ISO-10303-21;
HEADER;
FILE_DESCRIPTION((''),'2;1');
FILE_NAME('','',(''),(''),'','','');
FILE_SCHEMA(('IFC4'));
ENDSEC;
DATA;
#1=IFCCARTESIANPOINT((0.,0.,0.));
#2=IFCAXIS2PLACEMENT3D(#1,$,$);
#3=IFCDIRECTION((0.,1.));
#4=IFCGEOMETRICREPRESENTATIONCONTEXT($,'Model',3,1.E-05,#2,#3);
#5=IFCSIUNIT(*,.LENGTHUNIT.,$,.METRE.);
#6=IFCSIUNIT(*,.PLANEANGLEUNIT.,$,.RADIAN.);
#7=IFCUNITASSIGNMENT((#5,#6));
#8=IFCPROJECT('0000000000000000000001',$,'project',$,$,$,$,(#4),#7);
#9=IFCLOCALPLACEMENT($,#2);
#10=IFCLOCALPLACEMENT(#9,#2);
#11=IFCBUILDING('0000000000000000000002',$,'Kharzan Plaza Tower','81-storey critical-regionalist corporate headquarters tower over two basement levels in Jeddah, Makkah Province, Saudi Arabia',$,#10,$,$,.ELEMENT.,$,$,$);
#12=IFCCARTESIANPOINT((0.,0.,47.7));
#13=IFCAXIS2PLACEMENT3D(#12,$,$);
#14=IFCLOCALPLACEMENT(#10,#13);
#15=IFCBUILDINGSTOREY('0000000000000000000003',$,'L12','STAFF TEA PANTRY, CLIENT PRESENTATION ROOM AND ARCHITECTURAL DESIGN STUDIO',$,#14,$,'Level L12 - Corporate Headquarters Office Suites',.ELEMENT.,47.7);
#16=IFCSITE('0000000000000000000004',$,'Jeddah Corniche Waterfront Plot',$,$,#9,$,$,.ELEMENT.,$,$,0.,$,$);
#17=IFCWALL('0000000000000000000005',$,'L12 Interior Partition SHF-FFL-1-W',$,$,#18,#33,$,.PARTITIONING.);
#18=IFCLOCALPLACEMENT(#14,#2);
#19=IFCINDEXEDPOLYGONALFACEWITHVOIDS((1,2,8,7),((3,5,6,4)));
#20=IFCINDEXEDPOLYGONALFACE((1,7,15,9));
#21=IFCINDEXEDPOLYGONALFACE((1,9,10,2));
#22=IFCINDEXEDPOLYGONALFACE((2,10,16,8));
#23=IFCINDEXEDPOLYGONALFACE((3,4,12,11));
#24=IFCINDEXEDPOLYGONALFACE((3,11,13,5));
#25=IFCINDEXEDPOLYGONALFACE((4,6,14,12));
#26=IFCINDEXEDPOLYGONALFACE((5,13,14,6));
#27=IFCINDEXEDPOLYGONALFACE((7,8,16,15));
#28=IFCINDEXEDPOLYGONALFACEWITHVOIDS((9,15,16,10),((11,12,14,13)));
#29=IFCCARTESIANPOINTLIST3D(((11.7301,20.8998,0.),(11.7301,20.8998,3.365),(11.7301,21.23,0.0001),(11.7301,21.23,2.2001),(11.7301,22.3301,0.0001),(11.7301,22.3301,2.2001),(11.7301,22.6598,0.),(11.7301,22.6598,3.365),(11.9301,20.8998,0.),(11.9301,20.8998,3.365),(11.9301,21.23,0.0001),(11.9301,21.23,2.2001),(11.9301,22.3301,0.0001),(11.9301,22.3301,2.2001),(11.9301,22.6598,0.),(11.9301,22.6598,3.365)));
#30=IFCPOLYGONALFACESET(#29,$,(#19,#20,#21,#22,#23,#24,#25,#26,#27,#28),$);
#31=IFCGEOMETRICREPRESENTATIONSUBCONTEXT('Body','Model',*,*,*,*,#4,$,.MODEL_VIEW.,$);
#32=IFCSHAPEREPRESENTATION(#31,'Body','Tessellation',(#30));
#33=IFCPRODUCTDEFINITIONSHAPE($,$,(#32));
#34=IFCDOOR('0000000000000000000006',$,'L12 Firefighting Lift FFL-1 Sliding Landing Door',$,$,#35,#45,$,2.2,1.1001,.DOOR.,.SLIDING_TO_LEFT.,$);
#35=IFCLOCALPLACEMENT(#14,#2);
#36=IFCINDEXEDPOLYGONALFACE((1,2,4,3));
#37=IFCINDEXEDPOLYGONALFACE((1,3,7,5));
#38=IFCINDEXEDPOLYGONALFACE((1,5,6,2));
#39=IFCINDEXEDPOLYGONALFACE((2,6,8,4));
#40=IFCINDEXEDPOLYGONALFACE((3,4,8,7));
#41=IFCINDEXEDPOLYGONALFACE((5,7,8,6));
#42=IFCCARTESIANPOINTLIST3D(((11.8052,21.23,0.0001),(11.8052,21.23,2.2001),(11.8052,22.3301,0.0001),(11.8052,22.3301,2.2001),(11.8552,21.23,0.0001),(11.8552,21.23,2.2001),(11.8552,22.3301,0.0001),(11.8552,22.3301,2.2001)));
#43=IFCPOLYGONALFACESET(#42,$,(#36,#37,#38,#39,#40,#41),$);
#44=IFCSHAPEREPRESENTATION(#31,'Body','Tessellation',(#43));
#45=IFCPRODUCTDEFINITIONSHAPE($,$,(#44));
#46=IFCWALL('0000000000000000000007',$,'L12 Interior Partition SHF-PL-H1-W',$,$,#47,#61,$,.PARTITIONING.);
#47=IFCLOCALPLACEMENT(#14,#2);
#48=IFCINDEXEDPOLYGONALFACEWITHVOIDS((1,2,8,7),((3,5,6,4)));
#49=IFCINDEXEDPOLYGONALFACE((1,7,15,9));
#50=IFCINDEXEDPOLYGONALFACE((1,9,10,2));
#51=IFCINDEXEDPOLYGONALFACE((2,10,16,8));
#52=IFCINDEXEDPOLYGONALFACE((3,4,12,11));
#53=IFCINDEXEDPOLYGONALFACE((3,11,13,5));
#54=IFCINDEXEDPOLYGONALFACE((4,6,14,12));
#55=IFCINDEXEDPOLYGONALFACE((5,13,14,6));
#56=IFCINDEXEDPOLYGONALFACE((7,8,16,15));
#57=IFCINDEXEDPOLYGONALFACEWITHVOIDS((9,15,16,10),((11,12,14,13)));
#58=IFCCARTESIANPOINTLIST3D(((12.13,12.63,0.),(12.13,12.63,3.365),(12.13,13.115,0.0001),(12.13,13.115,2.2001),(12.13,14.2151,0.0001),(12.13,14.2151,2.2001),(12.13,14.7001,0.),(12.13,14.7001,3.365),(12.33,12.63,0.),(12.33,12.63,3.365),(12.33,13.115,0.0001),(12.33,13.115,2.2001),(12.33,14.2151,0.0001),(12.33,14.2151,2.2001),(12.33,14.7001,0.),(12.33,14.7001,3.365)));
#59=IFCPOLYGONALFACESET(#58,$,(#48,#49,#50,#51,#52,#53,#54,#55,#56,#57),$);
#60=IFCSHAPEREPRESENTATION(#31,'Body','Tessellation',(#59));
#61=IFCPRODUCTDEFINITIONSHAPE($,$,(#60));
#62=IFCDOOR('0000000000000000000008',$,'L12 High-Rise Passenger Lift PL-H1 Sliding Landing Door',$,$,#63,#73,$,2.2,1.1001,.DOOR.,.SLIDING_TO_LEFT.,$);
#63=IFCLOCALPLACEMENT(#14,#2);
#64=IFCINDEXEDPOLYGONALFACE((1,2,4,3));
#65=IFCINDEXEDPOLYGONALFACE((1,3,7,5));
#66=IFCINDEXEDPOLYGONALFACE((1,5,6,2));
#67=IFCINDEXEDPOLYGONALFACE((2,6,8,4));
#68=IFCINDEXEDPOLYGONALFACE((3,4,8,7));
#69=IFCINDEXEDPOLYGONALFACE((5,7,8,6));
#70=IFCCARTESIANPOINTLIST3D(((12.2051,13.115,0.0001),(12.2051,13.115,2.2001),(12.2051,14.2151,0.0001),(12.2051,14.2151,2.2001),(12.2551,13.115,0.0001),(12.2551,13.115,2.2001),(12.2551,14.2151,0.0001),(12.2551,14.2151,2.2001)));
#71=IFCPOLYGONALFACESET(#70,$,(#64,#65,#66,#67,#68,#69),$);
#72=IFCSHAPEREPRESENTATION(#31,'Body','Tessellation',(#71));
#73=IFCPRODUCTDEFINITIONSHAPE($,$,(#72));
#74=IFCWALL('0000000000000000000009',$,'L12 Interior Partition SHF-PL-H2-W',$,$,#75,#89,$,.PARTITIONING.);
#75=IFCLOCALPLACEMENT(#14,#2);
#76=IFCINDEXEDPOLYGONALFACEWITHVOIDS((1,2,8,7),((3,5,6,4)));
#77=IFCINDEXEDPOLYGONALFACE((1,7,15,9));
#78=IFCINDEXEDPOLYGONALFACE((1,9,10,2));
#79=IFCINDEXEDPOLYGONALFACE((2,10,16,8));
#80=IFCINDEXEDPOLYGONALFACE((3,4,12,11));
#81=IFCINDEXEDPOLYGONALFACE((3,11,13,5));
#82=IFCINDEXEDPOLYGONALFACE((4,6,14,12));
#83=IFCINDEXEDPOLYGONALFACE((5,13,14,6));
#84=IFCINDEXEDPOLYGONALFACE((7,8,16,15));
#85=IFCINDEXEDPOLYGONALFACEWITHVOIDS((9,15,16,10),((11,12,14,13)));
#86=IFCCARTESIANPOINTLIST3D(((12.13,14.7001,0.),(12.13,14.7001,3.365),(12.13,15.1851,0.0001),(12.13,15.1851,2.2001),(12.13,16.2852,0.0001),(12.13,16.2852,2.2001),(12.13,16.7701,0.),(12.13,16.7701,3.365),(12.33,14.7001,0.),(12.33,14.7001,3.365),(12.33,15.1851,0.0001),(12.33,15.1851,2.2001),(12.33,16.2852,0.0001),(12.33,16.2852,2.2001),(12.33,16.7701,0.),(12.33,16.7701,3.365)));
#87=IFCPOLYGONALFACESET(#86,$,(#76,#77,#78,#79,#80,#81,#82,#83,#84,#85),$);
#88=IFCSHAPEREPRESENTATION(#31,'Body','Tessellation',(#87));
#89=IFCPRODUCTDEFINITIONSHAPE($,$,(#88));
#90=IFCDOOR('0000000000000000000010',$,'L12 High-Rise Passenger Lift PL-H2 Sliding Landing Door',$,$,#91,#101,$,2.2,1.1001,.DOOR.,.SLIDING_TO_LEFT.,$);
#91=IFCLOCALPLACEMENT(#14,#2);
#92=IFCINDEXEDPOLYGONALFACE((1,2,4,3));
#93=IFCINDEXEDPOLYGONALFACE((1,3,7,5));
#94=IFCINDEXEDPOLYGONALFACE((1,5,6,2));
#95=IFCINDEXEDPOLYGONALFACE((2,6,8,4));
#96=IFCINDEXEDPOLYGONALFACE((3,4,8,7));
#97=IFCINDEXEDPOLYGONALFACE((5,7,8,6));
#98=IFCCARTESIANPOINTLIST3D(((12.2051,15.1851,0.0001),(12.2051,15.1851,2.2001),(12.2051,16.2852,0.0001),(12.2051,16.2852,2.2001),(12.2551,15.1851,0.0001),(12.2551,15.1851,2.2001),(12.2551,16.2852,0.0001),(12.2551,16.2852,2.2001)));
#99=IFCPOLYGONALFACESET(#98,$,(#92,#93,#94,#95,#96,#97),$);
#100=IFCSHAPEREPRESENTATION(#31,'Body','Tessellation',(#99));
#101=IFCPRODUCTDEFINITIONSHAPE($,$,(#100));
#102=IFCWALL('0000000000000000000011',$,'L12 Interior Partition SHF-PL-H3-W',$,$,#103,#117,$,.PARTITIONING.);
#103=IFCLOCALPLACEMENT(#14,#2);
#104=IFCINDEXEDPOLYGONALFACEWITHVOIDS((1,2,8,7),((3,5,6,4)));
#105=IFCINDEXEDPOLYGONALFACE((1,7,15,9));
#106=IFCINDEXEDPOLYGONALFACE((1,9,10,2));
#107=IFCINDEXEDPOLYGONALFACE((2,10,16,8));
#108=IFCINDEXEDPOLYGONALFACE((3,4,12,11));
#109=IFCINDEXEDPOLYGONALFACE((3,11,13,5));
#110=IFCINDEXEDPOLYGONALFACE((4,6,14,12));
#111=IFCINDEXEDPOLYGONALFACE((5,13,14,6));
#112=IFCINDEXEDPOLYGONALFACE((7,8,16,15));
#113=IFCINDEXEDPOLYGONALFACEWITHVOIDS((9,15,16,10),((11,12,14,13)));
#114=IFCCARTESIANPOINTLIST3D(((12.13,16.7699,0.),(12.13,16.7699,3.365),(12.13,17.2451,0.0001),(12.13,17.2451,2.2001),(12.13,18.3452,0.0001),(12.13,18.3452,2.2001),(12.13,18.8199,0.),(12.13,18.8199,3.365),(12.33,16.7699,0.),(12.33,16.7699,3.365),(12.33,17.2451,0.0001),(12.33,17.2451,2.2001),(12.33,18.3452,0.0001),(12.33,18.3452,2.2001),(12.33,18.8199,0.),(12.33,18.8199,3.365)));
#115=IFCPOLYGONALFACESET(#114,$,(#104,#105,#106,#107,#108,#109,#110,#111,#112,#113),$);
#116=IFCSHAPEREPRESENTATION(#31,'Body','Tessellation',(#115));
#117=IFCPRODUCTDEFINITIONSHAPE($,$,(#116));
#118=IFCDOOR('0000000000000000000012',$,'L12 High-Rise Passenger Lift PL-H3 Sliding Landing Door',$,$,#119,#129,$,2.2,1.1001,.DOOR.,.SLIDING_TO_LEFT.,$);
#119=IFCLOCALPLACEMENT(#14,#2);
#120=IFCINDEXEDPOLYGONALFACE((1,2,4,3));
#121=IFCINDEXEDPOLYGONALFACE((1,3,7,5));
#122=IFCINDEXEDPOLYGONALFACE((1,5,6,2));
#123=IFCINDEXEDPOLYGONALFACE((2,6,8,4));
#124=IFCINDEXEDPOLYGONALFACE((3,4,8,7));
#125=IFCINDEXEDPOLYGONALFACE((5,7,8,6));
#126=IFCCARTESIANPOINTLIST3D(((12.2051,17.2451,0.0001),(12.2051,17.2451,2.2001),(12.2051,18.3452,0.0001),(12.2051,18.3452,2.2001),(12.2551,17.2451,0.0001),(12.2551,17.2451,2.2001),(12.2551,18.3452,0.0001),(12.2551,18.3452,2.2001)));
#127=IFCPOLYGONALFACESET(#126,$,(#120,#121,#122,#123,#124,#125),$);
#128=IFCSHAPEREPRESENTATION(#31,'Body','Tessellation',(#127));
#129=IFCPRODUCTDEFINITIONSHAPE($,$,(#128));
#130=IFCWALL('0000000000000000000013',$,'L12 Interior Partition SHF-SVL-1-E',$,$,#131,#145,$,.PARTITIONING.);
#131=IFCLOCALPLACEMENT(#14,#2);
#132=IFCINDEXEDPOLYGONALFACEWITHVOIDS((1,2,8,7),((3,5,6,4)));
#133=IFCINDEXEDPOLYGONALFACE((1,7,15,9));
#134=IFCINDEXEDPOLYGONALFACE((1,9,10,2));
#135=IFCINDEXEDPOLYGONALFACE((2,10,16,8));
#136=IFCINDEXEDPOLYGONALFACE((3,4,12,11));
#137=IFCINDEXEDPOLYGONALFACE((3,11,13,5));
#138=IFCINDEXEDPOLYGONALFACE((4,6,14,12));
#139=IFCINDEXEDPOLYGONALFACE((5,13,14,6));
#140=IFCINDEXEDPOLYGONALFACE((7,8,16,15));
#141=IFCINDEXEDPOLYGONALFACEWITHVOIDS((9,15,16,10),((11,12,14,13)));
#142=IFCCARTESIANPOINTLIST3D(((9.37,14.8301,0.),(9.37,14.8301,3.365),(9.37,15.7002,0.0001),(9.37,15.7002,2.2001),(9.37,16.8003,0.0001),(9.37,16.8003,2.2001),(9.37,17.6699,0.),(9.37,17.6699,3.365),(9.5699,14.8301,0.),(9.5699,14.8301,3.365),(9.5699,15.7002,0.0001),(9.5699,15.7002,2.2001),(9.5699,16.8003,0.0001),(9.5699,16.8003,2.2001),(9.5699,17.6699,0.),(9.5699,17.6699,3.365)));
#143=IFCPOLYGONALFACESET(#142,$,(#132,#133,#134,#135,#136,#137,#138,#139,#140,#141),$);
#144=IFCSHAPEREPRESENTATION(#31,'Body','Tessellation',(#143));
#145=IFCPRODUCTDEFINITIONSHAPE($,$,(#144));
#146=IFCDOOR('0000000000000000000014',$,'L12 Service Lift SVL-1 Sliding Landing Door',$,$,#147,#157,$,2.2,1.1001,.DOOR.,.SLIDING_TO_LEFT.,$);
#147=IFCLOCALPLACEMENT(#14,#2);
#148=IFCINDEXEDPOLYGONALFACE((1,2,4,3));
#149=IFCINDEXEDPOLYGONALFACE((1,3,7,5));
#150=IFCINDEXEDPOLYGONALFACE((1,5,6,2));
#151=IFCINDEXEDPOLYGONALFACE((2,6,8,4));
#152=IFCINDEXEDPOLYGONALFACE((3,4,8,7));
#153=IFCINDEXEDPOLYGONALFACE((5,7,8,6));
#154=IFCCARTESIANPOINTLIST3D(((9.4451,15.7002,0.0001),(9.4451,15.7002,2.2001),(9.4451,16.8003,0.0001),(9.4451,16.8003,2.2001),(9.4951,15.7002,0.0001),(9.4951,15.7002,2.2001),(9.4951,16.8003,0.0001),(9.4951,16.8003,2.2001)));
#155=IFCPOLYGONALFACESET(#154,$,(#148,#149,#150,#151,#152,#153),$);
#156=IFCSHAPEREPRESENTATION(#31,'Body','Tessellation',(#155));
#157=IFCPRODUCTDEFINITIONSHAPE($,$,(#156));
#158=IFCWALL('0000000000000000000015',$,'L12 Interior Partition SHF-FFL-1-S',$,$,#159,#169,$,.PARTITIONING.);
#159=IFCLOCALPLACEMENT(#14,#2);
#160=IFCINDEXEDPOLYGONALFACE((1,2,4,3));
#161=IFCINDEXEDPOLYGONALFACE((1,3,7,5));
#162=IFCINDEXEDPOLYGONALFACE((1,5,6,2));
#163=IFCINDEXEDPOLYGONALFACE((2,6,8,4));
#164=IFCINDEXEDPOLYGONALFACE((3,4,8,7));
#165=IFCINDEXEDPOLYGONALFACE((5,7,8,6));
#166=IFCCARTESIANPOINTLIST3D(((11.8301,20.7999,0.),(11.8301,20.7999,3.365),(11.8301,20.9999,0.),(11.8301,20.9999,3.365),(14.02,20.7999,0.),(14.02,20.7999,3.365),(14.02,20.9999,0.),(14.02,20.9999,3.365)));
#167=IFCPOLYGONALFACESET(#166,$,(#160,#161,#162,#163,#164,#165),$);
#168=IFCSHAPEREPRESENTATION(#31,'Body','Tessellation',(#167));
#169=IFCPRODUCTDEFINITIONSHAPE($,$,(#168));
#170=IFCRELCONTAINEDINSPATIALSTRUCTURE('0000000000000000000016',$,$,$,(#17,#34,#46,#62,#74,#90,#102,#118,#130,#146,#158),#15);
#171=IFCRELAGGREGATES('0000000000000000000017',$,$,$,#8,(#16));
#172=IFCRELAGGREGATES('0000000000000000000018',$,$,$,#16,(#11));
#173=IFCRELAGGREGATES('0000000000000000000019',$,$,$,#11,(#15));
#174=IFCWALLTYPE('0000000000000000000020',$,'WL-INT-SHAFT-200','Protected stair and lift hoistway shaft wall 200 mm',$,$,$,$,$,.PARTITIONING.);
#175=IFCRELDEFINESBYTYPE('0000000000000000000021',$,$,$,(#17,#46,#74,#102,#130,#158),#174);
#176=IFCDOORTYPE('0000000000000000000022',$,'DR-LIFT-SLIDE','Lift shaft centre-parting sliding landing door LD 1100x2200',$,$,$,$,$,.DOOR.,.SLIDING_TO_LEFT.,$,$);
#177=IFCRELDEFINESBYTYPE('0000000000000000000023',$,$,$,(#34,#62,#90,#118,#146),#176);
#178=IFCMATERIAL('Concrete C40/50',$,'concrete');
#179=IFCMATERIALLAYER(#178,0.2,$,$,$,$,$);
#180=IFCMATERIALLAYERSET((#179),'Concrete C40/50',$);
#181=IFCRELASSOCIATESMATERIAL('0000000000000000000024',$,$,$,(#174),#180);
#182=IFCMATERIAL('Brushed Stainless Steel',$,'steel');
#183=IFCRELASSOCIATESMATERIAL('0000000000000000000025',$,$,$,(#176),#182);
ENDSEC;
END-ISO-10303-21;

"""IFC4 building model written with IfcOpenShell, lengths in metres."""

from ifc_helpers import new_model, si_unit, direction, frame, frame_2d, origin, place, context, subcontext, project, spatial, rectangle, extrude, source, transform, mapped, material, layer, layer_set, type_object, element, fill, save


model = new_model("IFC4")

# Units and contexts
model_context = context("Model", 3, precision=1e-05, world=origin(), true_north=direction((0.0, 1.0)))
body_context = subcontext(model_context, "Body", "Model", "MODEL_VIEW")
ifc_project = project(units=[si_unit("LENGTHUNIT", "METRE"), si_unit("PLANEANGLEUNIT", "RADIAN")], contexts=[model_context])

# Site, building, storey
site_placement = place(None, origin())
site = spatial("IfcSite", under=ifc_project, at=site_placement, Name="Jeddah Corniche Waterfront Plot", CompositionType="ELEMENT", RefElevation=0.0)
building_placement = place(site_placement, origin())
building = spatial("IfcBuilding", under=site, at=building_placement, Name="Kharzan Plaza Tower", Description="81-storey critical-regionalist corporate headquarters tower over two basement levels in Jeddah, Makkah Province, Saudi Arabia", CompositionType="ELEMENT")
storey_placement = place(building_placement, frame((0.0, 0.0, 47.7)))
storey = spatial("IfcBuildingStorey", under=building, at=storey_placement, Name="L12", Description="STAFF TEA PANTRY, CLIENT PRESENTATION ROOM AND ARCHITECTURAL DESIGN STUDIO", LongName="Level L12 - Corporate Headquarters Office Suites", CompositionType="ELEMENT", Elevation=47.7)

# Walls, openings, doors
ifc_material_1 = material(Name="Concrete C40/50", Category="concrete")
ifc_layer_1 = layer(ifc_material_1, 0.2)
ifc_layer_set_1 = layer_set([ifc_layer_1], Name="Concrete C40/50")
wall_type = type_object("IfcWallType", Name="WL-INT-SHAFT-200", Description="Protected stair and lift hoistway shaft wall 200 mm", PredefinedType="PARTITIONING", material=ifc_layer_set_1)
wall_1_placement = place(storey_placement, frame((11.8301, 20.8999, 0.0), z_axis=(0.0, 0.0, 1.0), x_axis=(0.0, 1.0, 0.0)))
wall_1 = element("IfcWall", 1, at=wall_1_placement, inside=storey, type_object=wall_type, Name="L12 Interior Partition SHF-FFL-1-W", PredefinedType="PARTITIONING", context=body_context, shape_type="SweptSolid", body=[
    extrude(rectangle(XDim=1.76, YDim=0.2, at=frame_2d((0.8799, 0.0))), origin(), (0.0, 0.0, 1.0), 3.365),
])
opening_1_placement = place(wall_1_placement, frame((0.3301, 0.0, 0.0)))
opening_1 = element("IfcOpeningElement", 2, at=opening_1_placement, cuts=wall_1, PredefinedType="OPENING", context=body_context, shape_type="SweptSolid", body=[
    extrude(rectangle(XDim=1.1001, YDim=2.2, at=frame_2d((0.55, 1.1001))), frame((0.0, 0.1099, 0.0), z_axis=(0.0, -1.0, 0.0), x_axis=(1.0, 0.0, 0.0)), (0.0, 0.0, 1.0), 0.22),
])
ifc_material_2 = material(Name="Brushed Stainless Steel", Category="steel")
door_type = type_object("IfcDoorType", Name="DR-LIFT-SLIDE", Description="Lift shaft centre-parting sliding landing door LD 1100x2200", OperationType="SLIDING_TO_LEFT", PredefinedType="DOOR", material=ifc_material_2)
shared_shape_1 = source(origin(), body_context, "Body", "SweptSolid", [
    extrude(rectangle(XDim=1.1001, YDim=2.2, at=frame_2d((0.55, 1.1001))), frame((0.0, 0.0249, 0.0), z_axis=(0.0, -1.0, 0.0), x_axis=(1.0, 0.0, 0.0)), (0.0, 0.0, 1.0), 0.05),
])
door_1_placement = place(opening_1_placement, origin())
door_1 = element("IfcDoor", 3, at=door_1_placement, inside=storey, type_object=door_type, Name="L12 Firefighting Lift FFL-1 Sliding Landing Door", OperationType="SLIDING_TO_LEFT", OverallHeight=2.2, OverallWidth=1.1001, PredefinedType="DOOR", context=body_context, shape_type="MappedRepresentation", body=[
    mapped(shared_shape_1, transform((0.0, 0.0, 0.0), x_axis=(1.0, 0.0, 0.0), y_axis=(0.0, 1.0, 0.0), z_axis=(0.0, 0.0, 1.0))),
])
fill(opening_1, door_1)
wall_2_placement = place(storey_placement, frame((12.23, 12.6299, 0.0), z_axis=(0.0, 0.0, 1.0), x_axis=(0.0, 1.0, 0.0)))
wall_2 = element("IfcWall", 4, at=wall_2_placement, inside=storey, type_object=wall_type, Name="L12 Interior Partition SHF-PL-H1-W", PredefinedType="PARTITIONING", context=body_context, shape_type="SweptSolid", body=[
    extrude(rectangle(XDim=2.0701, YDim=0.2, at=frame_2d((1.0352, 0.0))), origin(), (0.0, 0.0, 1.0), 3.365),
])
opening_2_placement = place(wall_2_placement, frame((0.4851, 0.0, 0.0)))
opening_2 = element("IfcOpeningElement", 5, at=opening_2_placement, cuts=wall_2, PredefinedType="OPENING", context=body_context, shape_type="SweptSolid", body=[
    extrude(rectangle(XDim=1.1001, YDim=2.2, at=frame_2d((0.55, 1.1001))), frame((0.0, 0.1099, 0.0), z_axis=(0.0, -1.0, 0.0), x_axis=(1.0, 0.0, 0.0)), (0.0, 0.0, 1.0), 0.22),
])
door_2_placement = place(opening_2_placement, origin())
door_2 = element("IfcDoor", 6, at=door_2_placement, inside=storey, type_object=door_type, Name="L12 High-Rise Passenger Lift PL-H1 Sliding Landing Door", OperationType="SLIDING_TO_LEFT", OverallHeight=2.2, OverallWidth=1.1001, PredefinedType="DOOR", context=body_context, shape_type="MappedRepresentation", body=[
    mapped(shared_shape_1, transform((0.0, 0.0, 0.0), x_axis=(1.0, 0.0, 0.0), y_axis=(0.0, 1.0, 0.0), z_axis=(0.0, 0.0, 1.0))),
])
fill(opening_2, door_2)
wall_3_placement = place(storey_placement, frame((12.23, 14.7, 0.0), z_axis=(0.0, 0.0, 1.0), x_axis=(0.0, 1.0, 0.0)))
wall_3 = element("IfcWall", 7, at=wall_3_placement, inside=storey, type_object=wall_type, Name="L12 Interior Partition SHF-PL-H2-W", PredefinedType="PARTITIONING", context=body_context, shape_type="SweptSolid", body=[
    extrude(rectangle(XDim=2.0701, YDim=0.2, at=frame_2d((1.0352, 0.0))), origin(), (0.0, 0.0, 1.0), 3.365),
])
opening_3_placement = place(wall_3_placement, frame((0.4851, 0.0, 0.0)))
opening_3 = element("IfcOpeningElement", 8, at=opening_3_placement, cuts=wall_3, PredefinedType="OPENING", context=body_context, shape_type="SweptSolid", body=[
    extrude(rectangle(XDim=1.1001, YDim=2.2, at=frame_2d((0.55, 1.1001))), frame((0.0, 0.1099, 0.0), z_axis=(0.0, -1.0, 0.0), x_axis=(1.0, 0.0, 0.0)), (0.0, 0.0, 1.0), 0.22),
])
door_3_placement = place(opening_3_placement, origin())
door_3 = element("IfcDoor", 9, at=door_3_placement, inside=storey, type_object=door_type, Name="L12 High-Rise Passenger Lift PL-H2 Sliding Landing Door", OperationType="SLIDING_TO_LEFT", OverallHeight=2.2, OverallWidth=1.1001, PredefinedType="DOOR", context=body_context, shape_type="MappedRepresentation", body=[
    mapped(shared_shape_1, transform((0.0, 0.0, 0.0), x_axis=(1.0, 0.0, 0.0), y_axis=(0.0, 1.0, 0.0), z_axis=(0.0, 0.0, 1.0))),
])
fill(opening_3, door_3)
wall_4_placement = place(storey_placement, frame((12.23, 16.77, 0.0), z_axis=(0.0, 0.0, 1.0), x_axis=(0.0, 1.0, 0.0)))
wall_4 = element("IfcWall", 10, at=wall_4_placement, inside=storey, type_object=wall_type, Name="L12 Interior Partition SHF-PL-H3-W", PredefinedType="PARTITIONING", context=body_context, shape_type="SweptSolid", body=[
    extrude(rectangle(XDim=2.05, YDim=0.2, at=frame_2d((1.0249, 0.0))), origin(), (0.0, 0.0, 1.0), 3.365),
])
opening_4_placement = place(wall_4_placement, frame((0.4751, 0.0, 0.0)))
opening_4 = element("IfcOpeningElement", 11, at=opening_4_placement, cuts=wall_4, PredefinedType="OPENING", context=body_context, shape_type="SweptSolid", body=[
    extrude(rectangle(XDim=1.1001, YDim=2.2, at=frame_2d((0.55, 1.1001))), frame((0.0, 0.1099, 0.0), z_axis=(0.0, -1.0, 0.0), x_axis=(1.0, 0.0, 0.0)), (0.0, 0.0, 1.0), 0.22),
])
door_4_placement = place(opening_4_placement, origin())
door_4 = element("IfcDoor", 12, at=door_4_placement, inside=storey, type_object=door_type, Name="L12 High-Rise Passenger Lift PL-H3 Sliding Landing Door", OperationType="SLIDING_TO_LEFT", OverallHeight=2.2, OverallWidth=1.1001, PredefinedType="DOOR", context=body_context, shape_type="MappedRepresentation", body=[
    mapped(shared_shape_1, transform((0.0, 0.0, 0.0), x_axis=(1.0, 0.0, 0.0), y_axis=(0.0, 1.0, 0.0), z_axis=(0.0, 0.0, 1.0))),
])
fill(opening_4, door_4)
wall_5_placement = place(storey_placement, frame((9.47, 14.8301, 0.0), z_axis=(0.0, 0.0, 1.0), x_axis=(0.0, 1.0, 0.0)))
wall_5 = element("IfcWall", 13, at=wall_5_placement, inside=storey, type_object=wall_type, Name="L12 Interior Partition SHF-SVL-1-E", PredefinedType="PARTITIONING", context=body_context, shape_type="SweptSolid", body=[
    extrude(rectangle(XDim=2.8398, YDim=0.2, at=frame_2d((1.4199, 0.0))), origin(), (0.0, 0.0, 1.0), 3.365),
])
opening_5_placement = place(wall_5_placement, frame((0.8701, 0.0, 0.0)))
opening_5 = element("IfcOpeningElement", 14, at=opening_5_placement, cuts=wall_5, PredefinedType="OPENING", context=body_context, shape_type="SweptSolid", body=[
    extrude(rectangle(XDim=1.1001, YDim=2.2, at=frame_2d((0.55, 1.1001))), frame((0.0, 0.1099, 0.0), z_axis=(0.0, -1.0, 0.0), x_axis=(1.0, 0.0, 0.0)), (0.0, 0.0, 1.0), 0.22),
])
door_5_placement = place(opening_5_placement, origin())
door_5 = element("IfcDoor", 15, at=door_5_placement, inside=storey, type_object=door_type, Name="L12 Service Lift SVL-1 Sliding Landing Door", OperationType="SLIDING_TO_LEFT", OverallHeight=2.2, OverallWidth=1.1001, PredefinedType="DOOR", context=body_context, shape_type="MappedRepresentation", body=[
    mapped(shared_shape_1, transform((0.0, 0.0, 0.0), x_axis=(1.0, 0.0, 0.0), y_axis=(0.0, 1.0, 0.0), z_axis=(0.0, 0.0, 1.0))),
])
fill(opening_5, door_5)

# Wall
shared_shape_2 = source(origin(), body_context, "Body", "SweptSolid", [
    extrude(rectangle(XDim=2.1899, YDim=0.2, at=frame_2d((1.095, 0.0))), origin(), (0.0, 0.0, 1.0), 3.365),
])
wall_6_placement = place(storey_placement, frame((11.8301, 20.8999, 0.0), z_axis=(0.0, 0.0, 1.0), x_axis=(1.0, 0.0, 0.0)))
element("IfcWall", 16, at=wall_6_placement, inside=storey, type_object=wall_type, Name="L12 Interior Partition SHF-FFL-1-S", PredefinedType="PARTITIONING", context=body_context, shape_type="MappedRepresentation", body=[
    mapped(shared_shape_2, transform((0.0, 0.0, 0.0), x_axis=(1.0, 0.0, 0.0), y_axis=(0.0, 1.0, 0.0), z_axis=(0.0, 0.0, 1.0))),
])

save(model, "model.ifc")
